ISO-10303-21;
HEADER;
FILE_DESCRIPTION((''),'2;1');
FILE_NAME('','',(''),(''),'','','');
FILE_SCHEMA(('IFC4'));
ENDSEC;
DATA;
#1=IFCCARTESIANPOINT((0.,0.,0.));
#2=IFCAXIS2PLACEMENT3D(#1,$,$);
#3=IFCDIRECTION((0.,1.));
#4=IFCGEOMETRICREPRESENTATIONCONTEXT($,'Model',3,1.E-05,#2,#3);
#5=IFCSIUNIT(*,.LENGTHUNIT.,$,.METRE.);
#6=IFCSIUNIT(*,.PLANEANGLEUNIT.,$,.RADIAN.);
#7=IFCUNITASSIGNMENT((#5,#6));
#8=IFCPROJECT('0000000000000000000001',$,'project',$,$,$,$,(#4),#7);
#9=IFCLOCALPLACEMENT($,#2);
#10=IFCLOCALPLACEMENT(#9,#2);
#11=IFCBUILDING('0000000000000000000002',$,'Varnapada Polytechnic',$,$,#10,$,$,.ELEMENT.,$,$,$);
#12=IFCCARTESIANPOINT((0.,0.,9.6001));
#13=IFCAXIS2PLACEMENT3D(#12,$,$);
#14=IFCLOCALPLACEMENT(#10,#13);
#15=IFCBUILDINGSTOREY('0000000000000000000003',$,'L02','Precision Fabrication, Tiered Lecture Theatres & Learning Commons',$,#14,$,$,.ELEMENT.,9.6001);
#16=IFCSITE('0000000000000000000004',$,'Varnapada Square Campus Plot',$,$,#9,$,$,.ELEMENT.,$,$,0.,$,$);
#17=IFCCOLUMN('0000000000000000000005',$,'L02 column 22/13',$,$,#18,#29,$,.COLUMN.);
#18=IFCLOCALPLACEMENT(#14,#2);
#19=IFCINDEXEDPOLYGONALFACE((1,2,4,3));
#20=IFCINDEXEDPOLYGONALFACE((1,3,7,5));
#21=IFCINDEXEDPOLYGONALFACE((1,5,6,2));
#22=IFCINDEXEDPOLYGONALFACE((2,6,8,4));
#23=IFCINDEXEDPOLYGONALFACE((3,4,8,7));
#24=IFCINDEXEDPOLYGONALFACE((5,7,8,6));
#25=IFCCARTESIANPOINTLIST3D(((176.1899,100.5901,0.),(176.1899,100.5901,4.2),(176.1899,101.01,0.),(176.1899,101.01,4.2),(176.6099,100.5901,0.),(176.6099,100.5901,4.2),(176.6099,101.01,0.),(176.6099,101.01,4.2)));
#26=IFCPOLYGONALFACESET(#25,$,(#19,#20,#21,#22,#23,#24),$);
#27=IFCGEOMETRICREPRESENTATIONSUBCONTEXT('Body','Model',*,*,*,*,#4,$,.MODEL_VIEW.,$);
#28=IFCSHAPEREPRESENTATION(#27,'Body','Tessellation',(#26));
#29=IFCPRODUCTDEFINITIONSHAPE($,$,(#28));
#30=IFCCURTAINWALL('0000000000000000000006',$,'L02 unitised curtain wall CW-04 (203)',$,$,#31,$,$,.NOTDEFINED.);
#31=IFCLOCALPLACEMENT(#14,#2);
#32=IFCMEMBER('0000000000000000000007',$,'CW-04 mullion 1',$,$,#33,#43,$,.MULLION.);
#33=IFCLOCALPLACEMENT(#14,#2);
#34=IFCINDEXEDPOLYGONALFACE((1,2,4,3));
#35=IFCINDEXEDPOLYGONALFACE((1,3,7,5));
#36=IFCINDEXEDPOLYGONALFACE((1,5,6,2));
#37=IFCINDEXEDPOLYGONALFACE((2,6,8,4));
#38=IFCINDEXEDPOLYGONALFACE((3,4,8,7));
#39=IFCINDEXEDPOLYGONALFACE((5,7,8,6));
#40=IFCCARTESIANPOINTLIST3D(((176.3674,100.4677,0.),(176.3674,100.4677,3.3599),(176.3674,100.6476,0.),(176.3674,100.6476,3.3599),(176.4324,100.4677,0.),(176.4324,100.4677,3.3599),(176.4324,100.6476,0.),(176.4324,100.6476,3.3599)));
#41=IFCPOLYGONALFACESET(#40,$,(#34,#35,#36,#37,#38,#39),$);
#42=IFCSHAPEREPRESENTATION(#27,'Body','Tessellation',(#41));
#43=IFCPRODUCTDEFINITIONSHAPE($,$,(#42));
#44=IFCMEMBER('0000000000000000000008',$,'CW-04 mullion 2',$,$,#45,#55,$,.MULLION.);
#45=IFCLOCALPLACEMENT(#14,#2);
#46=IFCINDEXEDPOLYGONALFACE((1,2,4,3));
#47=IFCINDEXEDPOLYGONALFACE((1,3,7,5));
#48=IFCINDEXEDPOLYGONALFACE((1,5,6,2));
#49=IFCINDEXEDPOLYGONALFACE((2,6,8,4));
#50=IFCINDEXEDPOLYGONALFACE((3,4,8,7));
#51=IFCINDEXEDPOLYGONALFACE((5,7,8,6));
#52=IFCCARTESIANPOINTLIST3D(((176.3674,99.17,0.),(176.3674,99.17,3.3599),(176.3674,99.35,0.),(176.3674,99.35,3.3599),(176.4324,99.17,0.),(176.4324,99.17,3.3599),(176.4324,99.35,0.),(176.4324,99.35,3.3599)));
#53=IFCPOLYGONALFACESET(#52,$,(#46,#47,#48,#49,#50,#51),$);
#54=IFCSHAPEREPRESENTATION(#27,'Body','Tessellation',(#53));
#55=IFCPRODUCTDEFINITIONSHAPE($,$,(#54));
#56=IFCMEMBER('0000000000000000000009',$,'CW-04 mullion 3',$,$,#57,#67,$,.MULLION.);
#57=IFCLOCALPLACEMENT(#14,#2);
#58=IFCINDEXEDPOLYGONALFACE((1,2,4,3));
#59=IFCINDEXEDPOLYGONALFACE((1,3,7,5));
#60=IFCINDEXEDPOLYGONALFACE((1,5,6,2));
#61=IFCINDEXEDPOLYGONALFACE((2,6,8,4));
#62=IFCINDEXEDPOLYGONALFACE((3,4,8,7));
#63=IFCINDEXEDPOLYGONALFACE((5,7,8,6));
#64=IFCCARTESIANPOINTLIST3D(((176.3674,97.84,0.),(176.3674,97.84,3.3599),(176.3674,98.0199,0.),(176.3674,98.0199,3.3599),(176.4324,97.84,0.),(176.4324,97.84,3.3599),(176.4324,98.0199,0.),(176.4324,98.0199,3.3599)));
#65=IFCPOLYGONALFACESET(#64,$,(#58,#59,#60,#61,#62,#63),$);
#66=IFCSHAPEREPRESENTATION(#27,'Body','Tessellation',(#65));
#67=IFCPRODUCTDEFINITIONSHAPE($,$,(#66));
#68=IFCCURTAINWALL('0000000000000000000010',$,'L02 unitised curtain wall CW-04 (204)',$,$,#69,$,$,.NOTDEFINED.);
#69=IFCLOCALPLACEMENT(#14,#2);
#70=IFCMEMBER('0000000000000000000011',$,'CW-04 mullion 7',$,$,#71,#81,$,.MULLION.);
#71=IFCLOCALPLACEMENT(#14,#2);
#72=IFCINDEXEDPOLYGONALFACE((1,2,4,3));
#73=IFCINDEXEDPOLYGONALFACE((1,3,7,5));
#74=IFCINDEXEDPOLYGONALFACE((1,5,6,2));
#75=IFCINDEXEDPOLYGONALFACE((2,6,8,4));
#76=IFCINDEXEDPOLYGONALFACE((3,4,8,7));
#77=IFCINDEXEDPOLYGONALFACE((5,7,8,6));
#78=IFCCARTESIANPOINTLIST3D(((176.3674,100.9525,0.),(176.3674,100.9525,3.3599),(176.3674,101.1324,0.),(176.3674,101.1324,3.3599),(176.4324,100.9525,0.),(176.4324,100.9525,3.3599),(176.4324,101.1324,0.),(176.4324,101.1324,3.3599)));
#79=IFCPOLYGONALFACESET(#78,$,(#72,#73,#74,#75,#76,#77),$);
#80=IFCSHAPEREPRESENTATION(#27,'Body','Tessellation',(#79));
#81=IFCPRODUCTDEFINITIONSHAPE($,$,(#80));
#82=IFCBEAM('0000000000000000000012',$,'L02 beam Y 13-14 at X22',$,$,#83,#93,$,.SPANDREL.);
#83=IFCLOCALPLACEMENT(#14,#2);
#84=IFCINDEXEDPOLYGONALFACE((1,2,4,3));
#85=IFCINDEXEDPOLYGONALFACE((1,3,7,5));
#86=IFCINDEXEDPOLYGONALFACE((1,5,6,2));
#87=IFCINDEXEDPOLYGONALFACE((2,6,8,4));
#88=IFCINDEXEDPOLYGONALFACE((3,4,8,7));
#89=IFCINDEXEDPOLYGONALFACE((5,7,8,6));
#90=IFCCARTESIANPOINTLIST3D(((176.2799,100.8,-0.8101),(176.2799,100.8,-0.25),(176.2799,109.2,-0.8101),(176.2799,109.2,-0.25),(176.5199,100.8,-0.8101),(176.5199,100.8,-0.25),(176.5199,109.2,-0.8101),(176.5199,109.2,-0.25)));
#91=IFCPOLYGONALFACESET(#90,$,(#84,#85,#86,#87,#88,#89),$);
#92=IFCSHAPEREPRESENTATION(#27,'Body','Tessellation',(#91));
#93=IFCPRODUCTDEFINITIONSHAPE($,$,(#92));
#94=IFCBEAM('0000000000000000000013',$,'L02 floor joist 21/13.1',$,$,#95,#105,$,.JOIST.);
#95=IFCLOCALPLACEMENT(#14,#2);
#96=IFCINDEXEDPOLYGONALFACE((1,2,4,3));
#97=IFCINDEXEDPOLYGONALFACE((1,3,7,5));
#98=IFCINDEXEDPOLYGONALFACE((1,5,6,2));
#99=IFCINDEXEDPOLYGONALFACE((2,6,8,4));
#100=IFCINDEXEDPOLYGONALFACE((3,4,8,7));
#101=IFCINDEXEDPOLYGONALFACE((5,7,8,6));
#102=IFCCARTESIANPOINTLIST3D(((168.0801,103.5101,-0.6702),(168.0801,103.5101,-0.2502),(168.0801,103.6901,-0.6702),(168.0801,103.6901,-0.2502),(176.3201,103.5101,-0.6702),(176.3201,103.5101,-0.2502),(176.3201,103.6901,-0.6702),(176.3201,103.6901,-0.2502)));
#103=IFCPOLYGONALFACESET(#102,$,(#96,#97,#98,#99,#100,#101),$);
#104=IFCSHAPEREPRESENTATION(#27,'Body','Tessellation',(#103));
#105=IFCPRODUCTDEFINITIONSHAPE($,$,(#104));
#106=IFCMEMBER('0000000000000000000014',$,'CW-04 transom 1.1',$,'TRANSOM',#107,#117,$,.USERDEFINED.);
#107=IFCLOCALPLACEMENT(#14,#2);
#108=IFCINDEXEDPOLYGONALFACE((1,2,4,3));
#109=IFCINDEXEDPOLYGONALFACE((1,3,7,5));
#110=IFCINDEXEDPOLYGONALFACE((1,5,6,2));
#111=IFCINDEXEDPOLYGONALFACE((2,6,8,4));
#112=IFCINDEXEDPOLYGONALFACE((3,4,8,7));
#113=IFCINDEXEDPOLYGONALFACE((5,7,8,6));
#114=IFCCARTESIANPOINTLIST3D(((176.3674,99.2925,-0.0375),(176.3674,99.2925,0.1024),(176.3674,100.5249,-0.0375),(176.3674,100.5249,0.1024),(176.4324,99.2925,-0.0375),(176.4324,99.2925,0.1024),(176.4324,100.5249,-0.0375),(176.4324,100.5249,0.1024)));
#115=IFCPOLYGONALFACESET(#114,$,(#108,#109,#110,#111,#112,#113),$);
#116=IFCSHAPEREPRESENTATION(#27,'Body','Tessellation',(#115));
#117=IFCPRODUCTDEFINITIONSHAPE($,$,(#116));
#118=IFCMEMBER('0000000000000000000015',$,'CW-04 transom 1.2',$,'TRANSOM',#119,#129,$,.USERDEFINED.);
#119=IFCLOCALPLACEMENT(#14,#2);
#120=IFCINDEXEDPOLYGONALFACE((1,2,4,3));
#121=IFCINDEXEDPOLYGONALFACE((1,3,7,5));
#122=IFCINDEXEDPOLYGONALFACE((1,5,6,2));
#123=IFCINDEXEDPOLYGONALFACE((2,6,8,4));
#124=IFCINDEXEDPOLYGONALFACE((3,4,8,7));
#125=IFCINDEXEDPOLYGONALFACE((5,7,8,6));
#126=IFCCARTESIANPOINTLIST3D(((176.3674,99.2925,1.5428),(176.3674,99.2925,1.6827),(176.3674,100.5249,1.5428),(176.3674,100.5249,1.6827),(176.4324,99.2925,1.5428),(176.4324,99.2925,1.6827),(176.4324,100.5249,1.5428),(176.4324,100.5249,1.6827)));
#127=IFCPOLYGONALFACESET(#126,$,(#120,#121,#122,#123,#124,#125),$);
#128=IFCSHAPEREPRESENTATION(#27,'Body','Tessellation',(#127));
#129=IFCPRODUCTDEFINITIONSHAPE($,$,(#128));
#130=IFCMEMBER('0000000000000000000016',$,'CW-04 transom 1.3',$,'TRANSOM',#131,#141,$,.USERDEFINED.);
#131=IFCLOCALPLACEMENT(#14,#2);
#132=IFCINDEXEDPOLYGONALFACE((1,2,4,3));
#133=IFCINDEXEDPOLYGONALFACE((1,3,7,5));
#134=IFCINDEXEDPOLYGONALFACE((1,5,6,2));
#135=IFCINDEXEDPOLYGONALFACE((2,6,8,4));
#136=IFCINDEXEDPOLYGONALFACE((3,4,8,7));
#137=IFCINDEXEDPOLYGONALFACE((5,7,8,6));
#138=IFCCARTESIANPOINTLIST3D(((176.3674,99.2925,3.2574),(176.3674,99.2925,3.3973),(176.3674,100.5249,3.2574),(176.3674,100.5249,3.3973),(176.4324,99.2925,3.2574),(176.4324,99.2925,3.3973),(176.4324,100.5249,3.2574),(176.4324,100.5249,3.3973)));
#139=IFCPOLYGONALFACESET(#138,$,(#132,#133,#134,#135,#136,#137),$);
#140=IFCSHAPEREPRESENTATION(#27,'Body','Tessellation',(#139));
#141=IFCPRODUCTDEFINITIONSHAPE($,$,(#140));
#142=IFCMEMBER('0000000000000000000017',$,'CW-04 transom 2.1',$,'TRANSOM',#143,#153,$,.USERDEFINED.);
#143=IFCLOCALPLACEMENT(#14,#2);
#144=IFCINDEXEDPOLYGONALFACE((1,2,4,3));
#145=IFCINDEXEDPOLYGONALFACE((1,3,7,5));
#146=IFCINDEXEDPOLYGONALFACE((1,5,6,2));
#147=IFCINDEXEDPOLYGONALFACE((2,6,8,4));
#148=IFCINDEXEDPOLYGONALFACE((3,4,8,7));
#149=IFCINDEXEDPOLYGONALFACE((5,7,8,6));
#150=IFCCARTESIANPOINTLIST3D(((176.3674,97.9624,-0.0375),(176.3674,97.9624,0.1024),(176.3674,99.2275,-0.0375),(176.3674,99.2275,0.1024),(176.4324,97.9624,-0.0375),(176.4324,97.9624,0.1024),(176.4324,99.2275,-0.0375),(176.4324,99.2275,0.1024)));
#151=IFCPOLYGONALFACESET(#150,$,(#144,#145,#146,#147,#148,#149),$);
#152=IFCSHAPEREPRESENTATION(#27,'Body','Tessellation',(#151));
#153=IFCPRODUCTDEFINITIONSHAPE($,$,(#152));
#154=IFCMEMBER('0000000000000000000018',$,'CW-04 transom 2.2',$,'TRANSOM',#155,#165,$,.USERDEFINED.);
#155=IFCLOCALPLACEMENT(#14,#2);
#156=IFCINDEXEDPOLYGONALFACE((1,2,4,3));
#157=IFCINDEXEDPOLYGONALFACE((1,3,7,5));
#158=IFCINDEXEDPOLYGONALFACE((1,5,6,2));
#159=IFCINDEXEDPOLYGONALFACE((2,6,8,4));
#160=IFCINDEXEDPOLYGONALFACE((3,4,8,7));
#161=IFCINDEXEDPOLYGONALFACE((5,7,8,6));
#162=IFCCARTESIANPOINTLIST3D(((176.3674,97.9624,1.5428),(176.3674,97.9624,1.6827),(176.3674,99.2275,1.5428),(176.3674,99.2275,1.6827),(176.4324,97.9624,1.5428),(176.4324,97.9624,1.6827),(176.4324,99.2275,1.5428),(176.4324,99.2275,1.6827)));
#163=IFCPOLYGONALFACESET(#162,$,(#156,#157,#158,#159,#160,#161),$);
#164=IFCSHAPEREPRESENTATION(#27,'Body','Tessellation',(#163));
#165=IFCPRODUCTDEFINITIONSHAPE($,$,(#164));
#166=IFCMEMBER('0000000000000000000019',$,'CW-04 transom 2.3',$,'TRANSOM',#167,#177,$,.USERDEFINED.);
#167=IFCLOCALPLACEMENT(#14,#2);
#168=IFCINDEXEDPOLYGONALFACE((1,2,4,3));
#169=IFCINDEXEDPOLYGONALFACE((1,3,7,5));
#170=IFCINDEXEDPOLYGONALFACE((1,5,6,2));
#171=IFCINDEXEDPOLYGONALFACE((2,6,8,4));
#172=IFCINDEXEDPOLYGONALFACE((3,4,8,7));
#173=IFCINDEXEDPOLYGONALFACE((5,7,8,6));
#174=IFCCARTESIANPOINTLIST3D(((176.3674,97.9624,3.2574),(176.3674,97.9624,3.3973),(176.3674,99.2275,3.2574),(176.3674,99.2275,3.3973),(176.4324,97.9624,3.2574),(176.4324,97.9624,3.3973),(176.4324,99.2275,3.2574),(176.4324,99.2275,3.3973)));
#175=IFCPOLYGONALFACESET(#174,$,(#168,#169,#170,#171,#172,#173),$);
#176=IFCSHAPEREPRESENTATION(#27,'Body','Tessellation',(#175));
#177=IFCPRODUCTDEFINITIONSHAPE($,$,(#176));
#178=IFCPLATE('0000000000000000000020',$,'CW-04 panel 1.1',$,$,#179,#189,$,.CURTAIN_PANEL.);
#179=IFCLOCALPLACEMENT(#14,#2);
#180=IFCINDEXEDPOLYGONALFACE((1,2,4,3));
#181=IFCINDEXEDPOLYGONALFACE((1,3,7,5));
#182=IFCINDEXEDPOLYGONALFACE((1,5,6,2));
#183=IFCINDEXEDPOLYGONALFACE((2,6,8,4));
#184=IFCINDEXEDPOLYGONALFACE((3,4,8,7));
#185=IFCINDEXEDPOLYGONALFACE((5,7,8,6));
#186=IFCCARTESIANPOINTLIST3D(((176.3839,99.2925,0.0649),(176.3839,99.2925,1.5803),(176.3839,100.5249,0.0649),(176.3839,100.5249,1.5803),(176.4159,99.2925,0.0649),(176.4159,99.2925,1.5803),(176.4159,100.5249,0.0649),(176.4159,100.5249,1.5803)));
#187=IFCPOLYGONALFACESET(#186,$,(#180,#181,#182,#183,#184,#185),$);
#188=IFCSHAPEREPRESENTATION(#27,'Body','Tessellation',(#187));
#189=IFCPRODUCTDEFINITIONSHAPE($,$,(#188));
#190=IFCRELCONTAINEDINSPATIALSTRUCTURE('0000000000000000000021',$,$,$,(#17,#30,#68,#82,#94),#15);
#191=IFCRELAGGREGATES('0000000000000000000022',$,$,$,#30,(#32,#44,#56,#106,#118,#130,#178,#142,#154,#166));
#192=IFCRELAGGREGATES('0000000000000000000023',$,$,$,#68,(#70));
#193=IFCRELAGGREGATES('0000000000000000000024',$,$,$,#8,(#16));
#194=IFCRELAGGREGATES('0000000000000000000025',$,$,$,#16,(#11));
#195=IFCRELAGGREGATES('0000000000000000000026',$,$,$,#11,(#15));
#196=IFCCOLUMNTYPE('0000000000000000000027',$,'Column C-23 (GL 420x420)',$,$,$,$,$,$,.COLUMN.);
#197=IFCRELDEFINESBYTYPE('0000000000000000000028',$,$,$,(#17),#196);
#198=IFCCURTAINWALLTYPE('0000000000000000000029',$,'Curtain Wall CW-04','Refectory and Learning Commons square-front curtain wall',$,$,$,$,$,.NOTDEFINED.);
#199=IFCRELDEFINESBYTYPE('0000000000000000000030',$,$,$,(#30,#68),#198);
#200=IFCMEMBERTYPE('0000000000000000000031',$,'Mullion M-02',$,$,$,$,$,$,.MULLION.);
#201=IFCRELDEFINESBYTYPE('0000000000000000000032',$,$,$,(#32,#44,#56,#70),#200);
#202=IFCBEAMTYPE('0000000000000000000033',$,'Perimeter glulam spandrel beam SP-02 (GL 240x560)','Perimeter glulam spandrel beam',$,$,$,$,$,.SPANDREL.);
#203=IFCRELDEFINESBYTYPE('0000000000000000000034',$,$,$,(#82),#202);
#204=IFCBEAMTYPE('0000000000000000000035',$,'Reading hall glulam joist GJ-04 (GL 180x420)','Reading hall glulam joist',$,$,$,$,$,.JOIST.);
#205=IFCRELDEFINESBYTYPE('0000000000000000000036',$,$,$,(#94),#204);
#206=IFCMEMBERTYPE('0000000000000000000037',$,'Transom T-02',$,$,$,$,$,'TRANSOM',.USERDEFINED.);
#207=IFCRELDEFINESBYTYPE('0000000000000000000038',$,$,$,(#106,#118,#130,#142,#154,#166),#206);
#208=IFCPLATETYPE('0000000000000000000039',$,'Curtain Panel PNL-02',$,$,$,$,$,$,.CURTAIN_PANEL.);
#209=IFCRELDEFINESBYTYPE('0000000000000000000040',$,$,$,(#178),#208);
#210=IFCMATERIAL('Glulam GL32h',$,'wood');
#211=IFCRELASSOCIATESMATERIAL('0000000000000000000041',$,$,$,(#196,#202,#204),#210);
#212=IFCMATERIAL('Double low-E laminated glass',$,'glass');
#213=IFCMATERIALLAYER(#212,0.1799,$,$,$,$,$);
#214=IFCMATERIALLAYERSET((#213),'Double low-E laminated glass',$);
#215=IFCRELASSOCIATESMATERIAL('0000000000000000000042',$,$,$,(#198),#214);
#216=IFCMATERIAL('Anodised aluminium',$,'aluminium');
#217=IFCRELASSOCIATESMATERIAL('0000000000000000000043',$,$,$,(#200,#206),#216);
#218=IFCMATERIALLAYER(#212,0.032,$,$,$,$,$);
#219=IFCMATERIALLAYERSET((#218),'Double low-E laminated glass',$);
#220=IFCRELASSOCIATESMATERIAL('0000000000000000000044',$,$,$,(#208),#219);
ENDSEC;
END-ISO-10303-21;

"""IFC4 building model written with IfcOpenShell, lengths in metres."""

from ifc_helpers import new_model, si_unit, direction, frame, origin, origin_2d, place, context, subcontext, project, spatial, rectangle, extrude, material, layer, layer_set, material_profile, profile_set, type_object, element, aggregate, save


model = new_model("IFC4")

# Units and contexts
model_context = context("Model", 3, precision=1e-05, world=origin(), true_north=direction((0.0, 1.0)))
body_context = subcontext(model_context, "Body", "Model", "MODEL_VIEW")
ifc_project = project(units=[si_unit("LENGTHUNIT", "METRE"), si_unit("PLANEANGLEUNIT", "RADIAN")], contexts=[model_context])

# Site, building, storey
site_placement = place(None, origin())
site = spatial("IfcSite", under=ifc_project, at=site_placement, Name="Varnapada Square Campus Plot", CompositionType="ELEMENT", RefElevation=0.0)
building_placement = place(site_placement, origin())
building = spatial("IfcBuilding", under=site, at=building_placement, Name="Varnapada Polytechnic", CompositionType="ELEMENT")
storey_placement = place(building_placement, frame((0.0, 0.0, 9.6001)))
storey = spatial("IfcBuildingStorey", under=building, at=storey_placement, Name="L02", Description="Precision Fabrication, Tiered Lecture Theatres & Learning Commons", CompositionType="ELEMENT", Elevation=9.6001)

# Column
ifc_material_1 = material(Name="Glulam GL32h", Category="wood")
ifc_material_profile_1 = material_profile(ifc_material_1, rectangle(XDim=0.4199, YDim=0.4199, at=origin_2d()), Name="GL 420x420")
ifc_profile_set_1 = profile_set([ifc_material_profile_1], Name="Glulam GL32h")
column_type = type_object("IfcColumnType", Name="Column C-23 (GL 420x420)", PredefinedType="COLUMN", material=ifc_profile_set_1)
column_placement = place(storey_placement, frame((176.3999, 100.8, 0.0), z_axis=(0.0, 0.0, 1.0), x_axis=(1.0, 0.0, 0.0)))
element("IfcColumn", 1, at=column_placement, inside=storey, type_object=column_type, Name="L02 column 22/13", PredefinedType="COLUMN", context=body_context, shape_type="SweptSolid", body=[
    extrude(rectangle(XDim=0.4199, YDim=0.4199, at=origin_2d()), origin(), (0.0, 0.0, 1.0), 4.2),
])

# Curtain wall, members
ifc_material_2 = material(Name="Double low-E laminated glass", Category="glass")
ifc_layer_1 = layer(ifc_material_2, 0.1799)
ifc_layer_set_1 = layer_set([ifc_layer_1], Name="Double low-E laminated glass")
curtain_wall_type = type_object("IfcCurtainWallType", Name="Curtain Wall CW-04", Description="Refectory and Learning Commons square-front curtain wall", PredefinedType="NOTDEFINED", material=ifc_layer_set_1)
curtain_wall_1_placement = place(storey_placement, origin())
curtain_wall_1 = element("IfcCurtainWall", 2, at=curtain_wall_1_placement, inside=storey, type_object=curtain_wall_type, Name="L02 unitised curtain wall CW-04 (203)", PredefinedType="NOTDEFINED")
ifc_material_3 = material(Name="Anodised aluminium", Category="aluminium")
ifc_material_profile_2 = material_profile(ifc_material_3, rectangle(XDim=0.0649, YDim=0.1799, at=origin_2d()), Name="ALU M65x180")
ifc_profile_set_2 = profile_set([ifc_material_profile_2], Name="Anodised aluminium")
member_type_1 = type_object("IfcMemberType", Name="Mullion M-02", PredefinedType="MULLION", material=ifc_profile_set_2)
member_1_placement = place(storey_placement, frame((176.3999, 100.5576, 0.0), z_axis=(0.0, 0.0, 1.0), x_axis=(1.0, 0.0, 0.0)))
member_1 = element("IfcMember", 3, at=member_1_placement, type_object=member_type_1, Name="CW-04 mullion 1", PredefinedType="MULLION", context=body_context, shape_type="SweptSolid", body=[
    extrude(rectangle(XDim=0.0649, YDim=0.1799, at=origin_2d()), origin(), (0.0, 0.0, 1.0), 3.3599),
])
member_2_placement = place(storey_placement, frame((176.3999, 99.26, 0.0), z_axis=(0.0, 0.0, 1.0), x_axis=(1.0, 0.0, 0.0)))
member_2 = element("IfcMember", 4, at=member_2_placement, type_object=member_type_1, Name="CW-04 mullion 2", PredefinedType="MULLION", context=body_context, shape_type="SweptSolid", body=[
    extrude(rectangle(XDim=0.0649, YDim=0.1799, at=origin_2d()), origin(), (0.0, 0.0, 1.0), 3.3599),
])
member_3_placement = place(storey_placement, frame((176.3999, 97.9299, 0.0), z_axis=(0.0, 0.0, 1.0), x_axis=(1.0, 0.0, 0.0)))
member_3 = element("IfcMember", 5, at=member_3_placement, type_object=member_type_1, Name="CW-04 mullion 3", PredefinedType="MULLION", context=body_context, shape_type="SweptSolid", body=[
    extrude(rectangle(XDim=0.0649, YDim=0.1799, at=origin_2d()), origin(), (0.0, 0.0, 1.0), 3.3599),
])

# Curtain wall, member
curtain_wall_2_placement = place(storey_placement, origin())
curtain_wall_2 = element("IfcCurtainWall", 6, at=curtain_wall_2_placement, inside=storey, type_object=curtain_wall_type, Name="L02 unitised curtain wall CW-04 (204)", PredefinedType="NOTDEFINED")
member_4_placement = place(storey_placement, frame((176.3999, 101.0425, 0.0), z_axis=(0.0, 0.0, 1.0), x_axis=(1.0, 0.0, 0.0)))
member_4 = element("IfcMember", 7, at=member_4_placement, type_object=member_type_1, Name="CW-04 mullion 7", PredefinedType="MULLION", context=body_context, shape_type="SweptSolid", body=[
    extrude(rectangle(XDim=0.0649, YDim=0.1799, at=origin_2d()), origin(), (0.0, 0.0, 1.0), 3.3599),
])

# Beams
ifc_material_profile_3 = material_profile(ifc_material_1, rectangle(XDim=0.24, YDim=0.5601, at=origin_2d()), Name="GL 240x560")
ifc_profile_set_3 = profile_set([ifc_material_profile_3], Name="Glulam GL32h")
beam_type_1 = type_object("IfcBeamType", Name="Perimeter glulam spandrel beam SP-02 (GL 240x560)", Description="Perimeter glulam spandrel beam", PredefinedType="SPANDREL", material=ifc_profile_set_3)
beam_1_placement = place(storey_placement, frame((176.3999, 100.8, -0.53), z_axis=(0.0, 1.0, 0.0), x_axis=(-1.0, 0.0, 0.0)))
element("IfcBeam", 8, at=beam_1_placement, inside=storey, type_object=beam_type_1, Name="L02 beam Y 13-14 at X22", PredefinedType="SPANDREL", context=body_context, shape_type="SweptSolid", body=[
    extrude(rectangle(XDim=0.24, YDim=0.5601, at=origin_2d()), origin(), (0.0, 0.0, 1.0), 8.3999),
])
ifc_material_profile_4 = material_profile(ifc_material_1, rectangle(XDim=0.1799, YDim=0.4199, at=origin_2d()), Name="GL 180x420")
ifc_profile_set_4 = profile_set([ifc_material_profile_4], Name="Glulam GL32h")
beam_type_2 = type_object("IfcBeamType", Name="Reading hall glulam joist GJ-04 (GL 180x420)", Description="Reading hall glulam joist", PredefinedType="JOIST", material=ifc_profile_set_4)
beam_2_placement = place(storey_placement, frame((168.0801, 103.6001, -0.4602), z_axis=(1.0, 0.0, 0.0), x_axis=(0.0, 1.0, 0.0)))
element("IfcBeam", 9, at=beam_2_placement, inside=storey, type_object=beam_type_2, Name="L02 floor joist 21/13.1", PredefinedType="JOIST", context=body_context, shape_type="SweptSolid", body=[
    extrude(rectangle(XDim=0.1799, YDim=0.4199, at=origin_2d()), origin(), (0.0, 0.0, 1.0), 8.24),
])

# Members
ifc_material_profile_5 = material_profile(ifc_material_3, rectangle(XDim=0.0649, YDim=0.1399, at=origin_2d()), Name="ALU T65x140")
ifc_profile_set_5 = profile_set([ifc_material_profile_5], Name="Anodised aluminium")
member_type_2 = type_object("IfcMemberType", Name="Transom T-02", ElementType="TRANSOM", PredefinedType="USERDEFINED", material=ifc_profile_set_5)
member_5_placement = place(storey_placement, frame((176.3999, 100.5249, 0.0325), z_axis=(0.0, -1.0, 0.0), x_axis=(1.0, 0.0, 0.0)))
member_5 = element("IfcMember", 10, at=member_5_placement, type_object=member_type_2, Name="CW-04 transom 1.1", ObjectType="TRANSOM", PredefinedType="USERDEFINED", context=body_context, shape_type="SweptSolid", body=[
    extrude(rectangle(XDim=0.0649, YDim=0.1399, at=origin_2d()), origin(), (0.0, 0.0, 1.0), 1.2324),
])
member_6_placement = place(storey_placement, frame((176.3999, 100.5249, 1.6128), z_axis=(0.0, -1.0, 0.0), x_axis=(1.0, 0.0, 0.0)))
member_6 = element("IfcMember", 11, at=member_6_placement, type_object=member_type_2, Name="CW-04 transom 1.2", ObjectType="TRANSOM", PredefinedType="USERDEFINED", context=body_context, shape_type="SweptSolid", body=[
    extrude(rectangle(XDim=0.0649, YDim=0.1399, at=origin_2d()), origin(), (0.0, 0.0, 1.0), 1.2324),
])
member_7_placement = place(storey_placement, frame((176.3999, 100.5249, 3.3274), z_axis=(0.0, -1.0, 0.0), x_axis=(1.0, 0.0, 0.0)))
member_7 = element("IfcMember", 12, at=member_7_placement, type_object=member_type_2, Name="CW-04 transom 1.3", ObjectType="TRANSOM", PredefinedType="USERDEFINED", context=body_context, shape_type="SweptSolid", body=[
    extrude(rectangle(XDim=0.0649, YDim=0.1399, at=origin_2d()), origin(), (0.0, 0.0, 1.0), 1.2324),
])
member_8_placement = place(storey_placement, frame((176.3999, 99.2275, 0.0325), z_axis=(0.0, -1.0, 0.0), x_axis=(1.0, 0.0, 0.0)))
member_8 = element("IfcMember", 13, at=member_8_placement, type_object=member_type_2, Name="CW-04 transom 2.1", ObjectType="TRANSOM", PredefinedType="USERDEFINED", context=body_context, shape_type="SweptSolid", body=[
    extrude(rectangle(XDim=0.0649, YDim=0.1399, at=origin_2d()), origin(), (0.0, 0.0, 1.0), 1.2651),
])
member_9_placement = place(storey_placement, frame((176.3999, 99.2275, 1.6128), z_axis=(0.0, -1.0, 0.0), x_axis=(1.0, 0.0, 0.0)))
member_9 = element("IfcMember", 14, at=member_9_placement, type_object=member_type_2, Name="CW-04 transom 2.2", ObjectType="TRANSOM", PredefinedType="USERDEFINED", context=body_context, shape_type="SweptSolid", body=[
    extrude(rectangle(XDim=0.0649, YDim=0.1399, at=origin_2d()), origin(), (0.0, 0.0, 1.0), 1.2651),
])
member_10_placement = place(storey_placement, frame((176.3999, 99.2275, 3.3274), z_axis=(0.0, -1.0, 0.0), x_axis=(1.0, 0.0, 0.0)))
member_10 = element("IfcMember", 15, at=member_10_placement, type_object=member_type_2, Name="CW-04 transom 2.3", ObjectType="TRANSOM", PredefinedType="USERDEFINED", context=body_context, shape_type="SweptSolid", body=[
    extrude(rectangle(XDim=0.0649, YDim=0.1399, at=origin_2d()), origin(), (0.0, 0.0, 1.0), 1.2651),
])

# Plate
ifc_layer_2 = layer(ifc_material_2, 0.032)
ifc_layer_set_2 = layer_set([ifc_layer_2], Name="Double low-E laminated glass")
plate_type = type_object("IfcPlateType", Name="Curtain Panel PNL-02", PredefinedType="CURTAIN_PANEL", material=ifc_layer_set_2)
plate_1_placement = place(storey_placement, frame((176.3999, 99.9087, 0.0649), z_axis=(0.0, 0.0, 1.0), x_axis=(0.0, -1.0, 0.0)))
plate_1 = element("IfcPlate", 16, at=plate_1_placement, type_object=plate_type, Name="CW-04 panel 1.1", PredefinedType="CURTAIN_PANEL", context=body_context, shape_type="SweptSolid", body=[
    extrude(rectangle(XDim=1.2324, YDim=0.032, at=origin_2d()), origin(), (0.0, 0.0, 1.0), 1.5154),
])
aggregate(curtain_wall_1, [member_1, member_2, member_3, member_5, member_6, member_7, plate_1, member_8, member_9, member_10])
aggregate(curtain_wall_2, [member_4])

save(model, "model.ifc")
